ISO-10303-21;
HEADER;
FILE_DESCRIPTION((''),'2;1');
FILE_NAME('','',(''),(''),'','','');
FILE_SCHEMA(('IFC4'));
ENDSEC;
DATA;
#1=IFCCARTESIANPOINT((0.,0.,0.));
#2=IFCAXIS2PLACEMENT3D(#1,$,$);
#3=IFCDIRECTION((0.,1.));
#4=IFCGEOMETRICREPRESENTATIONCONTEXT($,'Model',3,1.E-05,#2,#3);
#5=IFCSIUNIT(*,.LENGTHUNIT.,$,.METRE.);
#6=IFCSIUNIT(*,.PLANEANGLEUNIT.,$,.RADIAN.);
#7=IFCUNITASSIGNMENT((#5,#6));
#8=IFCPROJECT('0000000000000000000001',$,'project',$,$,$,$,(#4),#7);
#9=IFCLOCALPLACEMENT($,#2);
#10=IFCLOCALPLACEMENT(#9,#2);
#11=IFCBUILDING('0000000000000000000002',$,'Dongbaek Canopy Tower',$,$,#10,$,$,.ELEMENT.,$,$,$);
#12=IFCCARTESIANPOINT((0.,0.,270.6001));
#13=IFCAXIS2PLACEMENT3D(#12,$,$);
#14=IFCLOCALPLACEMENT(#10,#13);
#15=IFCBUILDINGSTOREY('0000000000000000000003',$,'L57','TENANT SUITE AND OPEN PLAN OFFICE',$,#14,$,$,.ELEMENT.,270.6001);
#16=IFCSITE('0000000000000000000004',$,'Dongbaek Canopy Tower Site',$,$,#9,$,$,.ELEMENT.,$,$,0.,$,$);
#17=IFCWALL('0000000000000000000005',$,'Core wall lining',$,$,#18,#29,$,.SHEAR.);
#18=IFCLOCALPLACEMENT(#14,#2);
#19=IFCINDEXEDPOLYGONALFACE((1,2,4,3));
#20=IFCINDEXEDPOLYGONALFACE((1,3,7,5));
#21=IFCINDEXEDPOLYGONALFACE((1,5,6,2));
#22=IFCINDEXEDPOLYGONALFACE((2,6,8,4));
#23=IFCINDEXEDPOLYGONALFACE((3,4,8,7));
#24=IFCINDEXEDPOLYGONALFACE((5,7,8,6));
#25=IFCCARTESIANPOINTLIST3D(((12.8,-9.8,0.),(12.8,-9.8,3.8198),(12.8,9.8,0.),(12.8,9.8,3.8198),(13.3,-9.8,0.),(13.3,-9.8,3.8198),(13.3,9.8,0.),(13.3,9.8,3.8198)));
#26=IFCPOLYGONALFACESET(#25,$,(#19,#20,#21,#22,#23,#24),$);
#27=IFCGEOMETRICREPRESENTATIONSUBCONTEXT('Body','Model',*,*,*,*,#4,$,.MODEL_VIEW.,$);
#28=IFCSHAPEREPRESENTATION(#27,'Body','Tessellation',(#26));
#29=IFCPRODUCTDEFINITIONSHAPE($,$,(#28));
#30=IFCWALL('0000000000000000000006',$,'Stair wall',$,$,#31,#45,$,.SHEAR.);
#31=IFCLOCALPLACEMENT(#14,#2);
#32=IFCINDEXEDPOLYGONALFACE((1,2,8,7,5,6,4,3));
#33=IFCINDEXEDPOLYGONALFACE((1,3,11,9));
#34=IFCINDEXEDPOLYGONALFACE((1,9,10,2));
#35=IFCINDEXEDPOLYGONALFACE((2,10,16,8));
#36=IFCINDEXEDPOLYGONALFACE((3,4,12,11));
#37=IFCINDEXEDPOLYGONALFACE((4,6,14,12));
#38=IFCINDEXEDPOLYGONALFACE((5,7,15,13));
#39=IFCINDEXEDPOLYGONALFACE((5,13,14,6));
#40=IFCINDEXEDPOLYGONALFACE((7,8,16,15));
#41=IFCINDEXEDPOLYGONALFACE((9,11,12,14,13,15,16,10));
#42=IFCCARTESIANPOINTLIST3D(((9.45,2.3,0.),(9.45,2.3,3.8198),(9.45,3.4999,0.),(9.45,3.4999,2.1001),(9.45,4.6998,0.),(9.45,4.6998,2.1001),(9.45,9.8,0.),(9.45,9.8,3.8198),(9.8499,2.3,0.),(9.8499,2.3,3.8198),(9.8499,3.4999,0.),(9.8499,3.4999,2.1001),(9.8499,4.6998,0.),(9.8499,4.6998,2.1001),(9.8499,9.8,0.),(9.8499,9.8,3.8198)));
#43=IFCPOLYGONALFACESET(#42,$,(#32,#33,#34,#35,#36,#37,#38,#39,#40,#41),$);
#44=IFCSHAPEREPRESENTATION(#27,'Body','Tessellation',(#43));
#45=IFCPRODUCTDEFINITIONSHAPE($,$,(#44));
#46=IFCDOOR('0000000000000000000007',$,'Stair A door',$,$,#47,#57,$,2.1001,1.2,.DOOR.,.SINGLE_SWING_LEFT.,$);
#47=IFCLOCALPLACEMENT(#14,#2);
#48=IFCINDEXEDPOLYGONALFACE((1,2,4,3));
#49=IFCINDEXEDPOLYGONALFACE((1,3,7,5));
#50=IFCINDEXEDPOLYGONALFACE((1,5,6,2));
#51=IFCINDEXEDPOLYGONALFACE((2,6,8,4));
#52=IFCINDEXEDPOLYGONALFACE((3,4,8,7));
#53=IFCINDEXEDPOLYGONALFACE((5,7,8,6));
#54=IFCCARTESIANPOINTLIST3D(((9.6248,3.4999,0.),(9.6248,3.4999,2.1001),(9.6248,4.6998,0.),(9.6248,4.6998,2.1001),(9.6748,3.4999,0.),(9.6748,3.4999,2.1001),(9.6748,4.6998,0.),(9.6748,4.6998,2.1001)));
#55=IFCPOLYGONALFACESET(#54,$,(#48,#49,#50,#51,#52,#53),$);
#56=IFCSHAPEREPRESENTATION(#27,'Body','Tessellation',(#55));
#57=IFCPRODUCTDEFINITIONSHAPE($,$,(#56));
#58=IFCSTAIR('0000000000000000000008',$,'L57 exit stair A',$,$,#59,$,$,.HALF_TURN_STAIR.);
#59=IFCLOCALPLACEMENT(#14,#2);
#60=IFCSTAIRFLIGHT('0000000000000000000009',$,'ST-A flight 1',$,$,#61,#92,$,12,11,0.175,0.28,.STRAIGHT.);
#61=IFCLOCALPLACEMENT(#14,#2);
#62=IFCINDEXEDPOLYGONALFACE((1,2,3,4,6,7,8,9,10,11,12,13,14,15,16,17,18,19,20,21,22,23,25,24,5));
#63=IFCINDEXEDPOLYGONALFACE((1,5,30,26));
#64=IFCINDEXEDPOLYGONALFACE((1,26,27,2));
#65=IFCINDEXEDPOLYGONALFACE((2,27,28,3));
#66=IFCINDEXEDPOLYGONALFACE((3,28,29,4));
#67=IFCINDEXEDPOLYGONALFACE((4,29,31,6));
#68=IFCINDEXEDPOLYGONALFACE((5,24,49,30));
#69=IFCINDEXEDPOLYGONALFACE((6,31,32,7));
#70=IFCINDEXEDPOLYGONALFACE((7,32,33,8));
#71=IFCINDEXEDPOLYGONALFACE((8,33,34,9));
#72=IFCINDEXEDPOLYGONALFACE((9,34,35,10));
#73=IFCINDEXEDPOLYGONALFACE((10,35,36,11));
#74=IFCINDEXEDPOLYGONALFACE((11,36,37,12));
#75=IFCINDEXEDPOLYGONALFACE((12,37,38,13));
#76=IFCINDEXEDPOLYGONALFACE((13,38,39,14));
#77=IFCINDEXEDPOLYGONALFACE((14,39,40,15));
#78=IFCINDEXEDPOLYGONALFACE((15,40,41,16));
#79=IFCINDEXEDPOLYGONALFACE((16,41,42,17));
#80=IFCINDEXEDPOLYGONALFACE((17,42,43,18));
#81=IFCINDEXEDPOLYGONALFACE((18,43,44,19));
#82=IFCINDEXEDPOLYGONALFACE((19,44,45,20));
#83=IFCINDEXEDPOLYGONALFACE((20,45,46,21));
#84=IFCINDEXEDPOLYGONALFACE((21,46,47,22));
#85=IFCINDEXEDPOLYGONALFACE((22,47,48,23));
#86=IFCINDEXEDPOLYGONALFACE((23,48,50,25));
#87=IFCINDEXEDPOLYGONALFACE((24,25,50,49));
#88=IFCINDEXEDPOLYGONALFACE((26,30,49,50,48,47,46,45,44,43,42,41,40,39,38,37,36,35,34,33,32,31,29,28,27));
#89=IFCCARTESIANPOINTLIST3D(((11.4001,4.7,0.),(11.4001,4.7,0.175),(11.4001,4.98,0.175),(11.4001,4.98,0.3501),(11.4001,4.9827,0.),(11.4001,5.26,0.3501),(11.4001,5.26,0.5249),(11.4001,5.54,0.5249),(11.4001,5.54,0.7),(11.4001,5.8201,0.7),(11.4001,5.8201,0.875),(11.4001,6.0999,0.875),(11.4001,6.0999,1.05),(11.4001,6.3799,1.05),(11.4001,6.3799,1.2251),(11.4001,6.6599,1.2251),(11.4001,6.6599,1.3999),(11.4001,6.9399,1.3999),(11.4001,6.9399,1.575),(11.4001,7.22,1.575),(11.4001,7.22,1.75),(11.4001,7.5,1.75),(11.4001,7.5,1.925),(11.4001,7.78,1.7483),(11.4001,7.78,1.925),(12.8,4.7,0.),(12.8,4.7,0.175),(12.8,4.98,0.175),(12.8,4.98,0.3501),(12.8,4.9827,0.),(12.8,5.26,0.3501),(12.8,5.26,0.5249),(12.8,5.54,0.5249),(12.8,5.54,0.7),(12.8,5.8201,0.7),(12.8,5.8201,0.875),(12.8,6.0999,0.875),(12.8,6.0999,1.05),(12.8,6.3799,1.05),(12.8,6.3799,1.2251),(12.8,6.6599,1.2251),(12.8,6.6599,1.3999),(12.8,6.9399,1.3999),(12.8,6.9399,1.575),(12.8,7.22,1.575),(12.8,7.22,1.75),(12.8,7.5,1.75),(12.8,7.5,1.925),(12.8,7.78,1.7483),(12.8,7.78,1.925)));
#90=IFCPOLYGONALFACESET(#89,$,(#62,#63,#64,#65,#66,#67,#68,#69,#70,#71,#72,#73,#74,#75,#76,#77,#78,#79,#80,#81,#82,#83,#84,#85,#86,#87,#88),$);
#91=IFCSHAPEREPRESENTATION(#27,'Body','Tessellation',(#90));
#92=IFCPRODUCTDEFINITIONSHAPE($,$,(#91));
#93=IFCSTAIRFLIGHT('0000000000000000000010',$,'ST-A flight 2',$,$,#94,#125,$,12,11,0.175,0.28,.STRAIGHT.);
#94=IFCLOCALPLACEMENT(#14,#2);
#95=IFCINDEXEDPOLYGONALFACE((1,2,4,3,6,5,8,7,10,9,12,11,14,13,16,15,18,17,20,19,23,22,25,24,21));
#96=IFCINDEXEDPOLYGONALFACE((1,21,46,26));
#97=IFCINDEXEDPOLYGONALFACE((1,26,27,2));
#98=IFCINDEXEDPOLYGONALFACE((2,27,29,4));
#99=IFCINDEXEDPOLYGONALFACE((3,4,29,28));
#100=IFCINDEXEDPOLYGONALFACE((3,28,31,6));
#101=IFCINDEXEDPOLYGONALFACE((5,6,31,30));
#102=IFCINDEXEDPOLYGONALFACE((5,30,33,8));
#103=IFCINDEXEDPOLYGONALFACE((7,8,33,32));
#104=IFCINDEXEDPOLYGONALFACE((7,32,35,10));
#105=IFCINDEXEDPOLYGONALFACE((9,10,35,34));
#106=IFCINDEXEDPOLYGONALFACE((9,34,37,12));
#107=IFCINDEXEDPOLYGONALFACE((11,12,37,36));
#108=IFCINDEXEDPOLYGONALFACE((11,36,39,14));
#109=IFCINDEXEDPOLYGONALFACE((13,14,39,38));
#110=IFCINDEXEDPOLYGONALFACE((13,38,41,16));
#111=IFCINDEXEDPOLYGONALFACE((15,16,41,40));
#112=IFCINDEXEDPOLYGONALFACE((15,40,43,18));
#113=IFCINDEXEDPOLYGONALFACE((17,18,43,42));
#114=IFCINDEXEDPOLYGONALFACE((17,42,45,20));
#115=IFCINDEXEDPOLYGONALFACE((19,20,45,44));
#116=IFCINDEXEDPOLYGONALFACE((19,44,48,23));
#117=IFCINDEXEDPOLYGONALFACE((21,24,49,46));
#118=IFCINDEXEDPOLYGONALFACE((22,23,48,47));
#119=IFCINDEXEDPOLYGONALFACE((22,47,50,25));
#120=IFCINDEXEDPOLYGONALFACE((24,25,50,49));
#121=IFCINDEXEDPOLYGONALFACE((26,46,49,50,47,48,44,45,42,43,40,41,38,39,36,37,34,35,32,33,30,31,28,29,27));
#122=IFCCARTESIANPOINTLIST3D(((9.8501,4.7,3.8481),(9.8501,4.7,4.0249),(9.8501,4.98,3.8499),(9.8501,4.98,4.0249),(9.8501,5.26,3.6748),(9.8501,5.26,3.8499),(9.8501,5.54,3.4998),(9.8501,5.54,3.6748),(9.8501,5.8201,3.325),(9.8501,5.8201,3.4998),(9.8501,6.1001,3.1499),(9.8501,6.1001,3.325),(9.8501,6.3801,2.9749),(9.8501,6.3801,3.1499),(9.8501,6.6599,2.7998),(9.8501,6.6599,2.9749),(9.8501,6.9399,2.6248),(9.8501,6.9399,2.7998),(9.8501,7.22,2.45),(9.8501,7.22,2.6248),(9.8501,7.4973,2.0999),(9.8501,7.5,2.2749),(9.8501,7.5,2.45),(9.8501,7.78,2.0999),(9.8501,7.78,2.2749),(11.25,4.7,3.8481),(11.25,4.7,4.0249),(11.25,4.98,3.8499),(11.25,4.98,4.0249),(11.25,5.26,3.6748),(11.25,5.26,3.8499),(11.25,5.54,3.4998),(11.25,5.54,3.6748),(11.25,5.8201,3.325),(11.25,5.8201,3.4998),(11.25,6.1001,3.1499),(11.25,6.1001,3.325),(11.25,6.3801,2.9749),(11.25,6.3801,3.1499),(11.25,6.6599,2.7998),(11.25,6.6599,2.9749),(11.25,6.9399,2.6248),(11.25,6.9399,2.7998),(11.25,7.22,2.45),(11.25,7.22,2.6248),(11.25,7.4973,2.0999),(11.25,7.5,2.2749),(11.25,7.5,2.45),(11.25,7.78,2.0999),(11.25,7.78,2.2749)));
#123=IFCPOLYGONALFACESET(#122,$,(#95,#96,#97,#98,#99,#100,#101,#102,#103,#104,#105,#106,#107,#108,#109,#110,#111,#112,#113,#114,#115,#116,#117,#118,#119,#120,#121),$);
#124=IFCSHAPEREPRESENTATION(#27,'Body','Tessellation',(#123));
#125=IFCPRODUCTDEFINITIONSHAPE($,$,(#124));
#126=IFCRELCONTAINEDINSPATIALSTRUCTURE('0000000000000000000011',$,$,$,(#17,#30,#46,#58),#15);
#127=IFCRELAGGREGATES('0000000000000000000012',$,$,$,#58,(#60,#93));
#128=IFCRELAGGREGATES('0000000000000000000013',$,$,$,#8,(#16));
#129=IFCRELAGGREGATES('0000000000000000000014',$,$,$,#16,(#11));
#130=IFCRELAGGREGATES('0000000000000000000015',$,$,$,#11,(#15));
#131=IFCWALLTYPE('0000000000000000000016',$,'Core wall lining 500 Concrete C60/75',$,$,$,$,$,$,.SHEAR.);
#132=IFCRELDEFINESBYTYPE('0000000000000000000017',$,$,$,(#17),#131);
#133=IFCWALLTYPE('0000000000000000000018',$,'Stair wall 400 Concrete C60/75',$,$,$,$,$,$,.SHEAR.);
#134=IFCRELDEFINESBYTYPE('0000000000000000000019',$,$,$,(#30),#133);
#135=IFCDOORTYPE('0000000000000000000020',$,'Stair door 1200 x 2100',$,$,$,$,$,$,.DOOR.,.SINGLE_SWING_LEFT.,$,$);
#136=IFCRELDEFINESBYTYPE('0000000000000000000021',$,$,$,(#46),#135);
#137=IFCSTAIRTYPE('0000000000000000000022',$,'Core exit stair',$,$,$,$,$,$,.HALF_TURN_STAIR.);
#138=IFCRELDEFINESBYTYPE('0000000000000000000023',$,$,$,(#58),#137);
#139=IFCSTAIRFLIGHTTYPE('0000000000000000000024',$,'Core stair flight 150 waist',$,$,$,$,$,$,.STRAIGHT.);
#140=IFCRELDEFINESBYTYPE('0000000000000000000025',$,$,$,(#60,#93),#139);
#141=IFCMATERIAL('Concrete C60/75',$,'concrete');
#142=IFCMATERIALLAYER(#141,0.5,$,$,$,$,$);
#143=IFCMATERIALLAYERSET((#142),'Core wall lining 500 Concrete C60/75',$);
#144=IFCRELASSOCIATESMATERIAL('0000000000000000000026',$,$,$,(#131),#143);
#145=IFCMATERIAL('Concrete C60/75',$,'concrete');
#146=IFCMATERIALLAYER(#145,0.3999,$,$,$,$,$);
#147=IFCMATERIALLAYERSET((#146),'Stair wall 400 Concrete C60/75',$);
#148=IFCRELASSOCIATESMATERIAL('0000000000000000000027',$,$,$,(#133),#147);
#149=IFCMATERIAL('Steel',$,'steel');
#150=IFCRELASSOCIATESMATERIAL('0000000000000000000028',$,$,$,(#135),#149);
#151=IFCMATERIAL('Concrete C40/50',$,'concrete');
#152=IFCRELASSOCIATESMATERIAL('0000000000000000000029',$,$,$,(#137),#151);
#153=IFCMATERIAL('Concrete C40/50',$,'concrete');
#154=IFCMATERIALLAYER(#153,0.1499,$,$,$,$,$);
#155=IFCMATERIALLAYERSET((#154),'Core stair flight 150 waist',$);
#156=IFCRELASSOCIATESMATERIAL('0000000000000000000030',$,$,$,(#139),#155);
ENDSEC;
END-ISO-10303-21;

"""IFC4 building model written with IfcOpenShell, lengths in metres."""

from ifc_helpers import new_model, si_unit, direction, frame, frame_2d, origin, place, context, subcontext, project, spatial, polyline, rectangle, outline, extrude, material, layer, layer_set, type_object, element, fill, aggregate, save


model = new_model("IFC4")

# Units and contexts
model_context = context("Model", 3, precision=1e-05, world=origin(), true_north=direction((0.0, 1.0)))
body_context = subcontext(model_context, "Body", "Model", "MODEL_VIEW")
ifc_project = project(units=[si_unit("LENGTHUNIT", "METRE"), si_unit("PLANEANGLEUNIT", "RADIAN")], contexts=[model_context])

# Site, building, storey
site_placement = place(None, origin())
site = spatial("IfcSite", under=ifc_project, at=site_placement, Name="Dongbaek Canopy Tower Site", CompositionType="ELEMENT", RefElevation=0.0)
building_placement = place(site_placement, origin())
building = spatial("IfcBuilding", under=site, at=building_placement, Name="Dongbaek Canopy Tower", CompositionType="ELEMENT")
storey_placement = place(building_placement, frame((0.0, 0.0, 270.6001)))
storey = spatial("IfcBuildingStorey", under=building, at=storey_placement, Name="L57", Description="TENANT SUITE AND OPEN PLAN OFFICE", CompositionType="ELEMENT", Elevation=270.6001)

# Wall
ifc_material_1 = material(Name="Concrete C60/75", Category="concrete")
ifc_layer_1 = layer(ifc_material_1, 0.5)
ifc_layer_set_1 = layer_set([ifc_layer_1], Name="Core wall lining 500 Concrete C60/75")
wall_type_1 = type_object("IfcWallType", Name="Core wall lining 500 Concrete C60/75", PredefinedType="SHEAR", material=ifc_layer_set_1)
wall_1_placement = place(storey_placement, frame((13.05, 9.8, 0.0), z_axis=(0.0, 0.0, 1.0), x_axis=(0.0, -1.0, 0.0)))
element("IfcWall", 1, at=wall_1_placement, inside=storey, type_object=wall_type_1, Name="Core wall lining", PredefinedType="SHEAR", context=body_context, shape_type="SweptSolid", body=[
    extrude(rectangle(XDim=19.6001, YDim=0.5, at=frame_2d((9.8, 0.0))), origin(), (0.0, 0.0, 1.0), 3.8198),
])

# Wall, opening, door
ifc_material_2 = material(Name="Concrete C60/75", Category="concrete")
ifc_layer_2 = layer(ifc_material_2, 0.3999)
ifc_layer_set_2 = layer_set([ifc_layer_2], Name="Stair wall 400 Concrete C60/75")
wall_type_2 = type_object("IfcWallType", Name="Stair wall 400 Concrete C60/75", PredefinedType="SHEAR", material=ifc_layer_set_2)
wall_2_placement = place(storey_placement, frame((9.6499, 9.8, 0.0), z_axis=(0.0, 0.0, 1.0), x_axis=(0.0, -1.0, 0.0)))
wall_2 = element("IfcWall", 2, at=wall_2_placement, inside=storey, type_object=wall_type_2, Name="Stair wall", PredefinedType="SHEAR", context=body_context, shape_type="SweptSolid", body=[
    extrude(rectangle(XDim=7.5, YDim=0.3999, at=frame_2d((3.75, 0.0))), origin(), (0.0, 0.0, 1.0), 3.8198),
])
opening_placement = place(wall_2_placement, frame((5.1001, 0.0, 0.0)))
opening = element("IfcOpeningElement", 3, at=opening_placement, cuts=wall_2, PredefinedType="OPENING", context=body_context, shape_type="SweptSolid", body=[
    extrude(rectangle(XDim=1.2, YDim=2.1001, at=frame_2d((0.6001, 1.05))), frame((0.0, 0.21, 0.0), z_axis=(0.0, -1.0, 0.0), x_axis=(1.0, 0.0, 0.0)), (0.0, 0.0, 1.0), 0.4199),
])
ifc_material_3 = material(Name="Steel", Category="steel")
door_type = type_object("IfcDoorType", Name="Stair door 1200 x 2100", OperationType="SINGLE_SWING_LEFT", PredefinedType="DOOR", material=ifc_material_3)
door_placement = place(opening_placement, origin())
door = element("IfcDoor", 4, at=door_placement, inside=storey, type_object=door_type, Name="Stair A door", OperationType="SINGLE_SWING_LEFT", OverallHeight=2.1001, OverallWidth=1.2, PredefinedType="DOOR", context=body_context, shape_type="SweptSolid", body=[
    extrude(rectangle(XDim=1.2, YDim=2.1001, at=frame_2d((0.6001, 1.05))), frame((0.0, 0.0249, 0.0), z_axis=(0.0, -1.0, 0.0), x_axis=(1.0, 0.0, 0.0)), (0.0, 0.0, 1.0), 0.05),
])
fill(opening, door)

# Stair, stair flights
ifc_material_4 = material(Name="Concrete C40/50", Category="concrete")
stair_type = type_object("IfcStairType", Name="Core exit stair", PredefinedType="HALF_TURN_STAIR", material=ifc_material_4)
stair_placement = place(storey_placement, origin())
stair = element("IfcStair", 5, at=stair_placement, inside=storey, type_object=stair_type, Name="L57 exit stair A", PredefinedType="HALF_TURN_STAIR")
ifc_material_5 = material(Name="Concrete C40/50", Category="concrete")
ifc_layer_3 = layer(ifc_material_5, 0.1499)
ifc_layer_set_3 = layer_set([ifc_layer_3], Name="Core stair flight 150 waist")
stair_flight_type = type_object("IfcStairFlightType", Name="Core stair flight 150 waist", PredefinedType="STRAIGHT", material=ifc_layer_set_3)
stair_flight_1_placement = place(storey_placement, frame((12.1001, 4.7, 0.0), z_axis=(0.0, 0.0, 1.0), x_axis=(0.0, 1.0, 0.0)))
stair_flight_1 = element("IfcStairFlight", 6, at=stair_flight_1_placement, type_object=stair_flight_type, Name="ST-A flight 1", NumberOfRisers=12, NumberOfTreads=11, PredefinedType="STRAIGHT", RiserHeight=0.175, TreadLength=0.28, context=body_context, shape_type="SweptSolid", body=[
    extrude(outline(polyline([(0.0, 0.0), (0.0, 0.175), (0.28, 0.175), (0.28, 0.3501), (0.5601, 0.3501), (0.5601, 0.5249), (0.8401, 0.5249), (0.8401, 0.7), (1.1201, 0.7), (1.1201, 0.875), (1.3999, 0.875), (1.3999, 1.05), (1.6799, 1.05), (1.6799, 1.2251), (1.96, 1.2251), (1.96, 1.3999), (2.24, 1.3999), (2.24, 1.575), (2.52, 1.575), (2.52, 1.75), (2.8, 1.75), (2.8, 1.925), (3.0801, 1.925), (3.0801, 2.1001), (3.0801, 1.7483), (0.2827, 0.0), (0.0, 0.0)])), frame((0.0, 0.7, 0.0), z_axis=(0.0, -1.0, 0.0), x_axis=(1.0, 0.0, 0.0)), (0.0, 0.0, 1.0), 1.3999),
])
stair_flight_2_placement = place(storey_placement, frame((10.55, 7.78, 2.0999), z_axis=(0.0, 0.0, 1.0), x_axis=(0.0, -1.0, 0.0)))
stair_flight_2 = element("IfcStairFlight", 7, at=stair_flight_2_placement, type_object=stair_flight_type, Name="ST-A flight 2", NumberOfRisers=12, NumberOfTreads=11, PredefinedType="STRAIGHT", RiserHeight=0.175, TreadLength=0.28, context=body_context, shape_type="SweptSolid", body=[
    extrude(outline(polyline([(0.0, 0.0), (0.0, 0.175), (0.28, 0.175), (0.28, 0.3501), (0.5601, 0.3501), (0.5601, 0.5249), (0.8401, 0.5249), (0.8401, 0.7), (1.1201, 0.7), (1.1201, 0.875), (1.3999, 0.875), (1.3999, 1.05), (1.6799, 1.05), (1.6799, 1.2251), (1.96, 1.2251), (1.96, 1.3999), (2.24, 1.3999), (2.24, 1.575), (2.52, 1.575), (2.52, 1.75), (2.8, 1.75), (2.8, 1.925), (3.0801, 1.925), (3.0801, 2.1001), (3.0801, 1.7483), (0.2827, 0.0), (0.0, 0.0)])), frame((0.0, 0.7, 0.0), z_axis=(0.0, -1.0, 0.0), x_axis=(1.0, 0.0, 0.0)), (0.0, 0.0, 1.0), 1.3999),
])
aggregate(stair, [stair_flight_1, stair_flight_2])

save(model, "model.ifc")
